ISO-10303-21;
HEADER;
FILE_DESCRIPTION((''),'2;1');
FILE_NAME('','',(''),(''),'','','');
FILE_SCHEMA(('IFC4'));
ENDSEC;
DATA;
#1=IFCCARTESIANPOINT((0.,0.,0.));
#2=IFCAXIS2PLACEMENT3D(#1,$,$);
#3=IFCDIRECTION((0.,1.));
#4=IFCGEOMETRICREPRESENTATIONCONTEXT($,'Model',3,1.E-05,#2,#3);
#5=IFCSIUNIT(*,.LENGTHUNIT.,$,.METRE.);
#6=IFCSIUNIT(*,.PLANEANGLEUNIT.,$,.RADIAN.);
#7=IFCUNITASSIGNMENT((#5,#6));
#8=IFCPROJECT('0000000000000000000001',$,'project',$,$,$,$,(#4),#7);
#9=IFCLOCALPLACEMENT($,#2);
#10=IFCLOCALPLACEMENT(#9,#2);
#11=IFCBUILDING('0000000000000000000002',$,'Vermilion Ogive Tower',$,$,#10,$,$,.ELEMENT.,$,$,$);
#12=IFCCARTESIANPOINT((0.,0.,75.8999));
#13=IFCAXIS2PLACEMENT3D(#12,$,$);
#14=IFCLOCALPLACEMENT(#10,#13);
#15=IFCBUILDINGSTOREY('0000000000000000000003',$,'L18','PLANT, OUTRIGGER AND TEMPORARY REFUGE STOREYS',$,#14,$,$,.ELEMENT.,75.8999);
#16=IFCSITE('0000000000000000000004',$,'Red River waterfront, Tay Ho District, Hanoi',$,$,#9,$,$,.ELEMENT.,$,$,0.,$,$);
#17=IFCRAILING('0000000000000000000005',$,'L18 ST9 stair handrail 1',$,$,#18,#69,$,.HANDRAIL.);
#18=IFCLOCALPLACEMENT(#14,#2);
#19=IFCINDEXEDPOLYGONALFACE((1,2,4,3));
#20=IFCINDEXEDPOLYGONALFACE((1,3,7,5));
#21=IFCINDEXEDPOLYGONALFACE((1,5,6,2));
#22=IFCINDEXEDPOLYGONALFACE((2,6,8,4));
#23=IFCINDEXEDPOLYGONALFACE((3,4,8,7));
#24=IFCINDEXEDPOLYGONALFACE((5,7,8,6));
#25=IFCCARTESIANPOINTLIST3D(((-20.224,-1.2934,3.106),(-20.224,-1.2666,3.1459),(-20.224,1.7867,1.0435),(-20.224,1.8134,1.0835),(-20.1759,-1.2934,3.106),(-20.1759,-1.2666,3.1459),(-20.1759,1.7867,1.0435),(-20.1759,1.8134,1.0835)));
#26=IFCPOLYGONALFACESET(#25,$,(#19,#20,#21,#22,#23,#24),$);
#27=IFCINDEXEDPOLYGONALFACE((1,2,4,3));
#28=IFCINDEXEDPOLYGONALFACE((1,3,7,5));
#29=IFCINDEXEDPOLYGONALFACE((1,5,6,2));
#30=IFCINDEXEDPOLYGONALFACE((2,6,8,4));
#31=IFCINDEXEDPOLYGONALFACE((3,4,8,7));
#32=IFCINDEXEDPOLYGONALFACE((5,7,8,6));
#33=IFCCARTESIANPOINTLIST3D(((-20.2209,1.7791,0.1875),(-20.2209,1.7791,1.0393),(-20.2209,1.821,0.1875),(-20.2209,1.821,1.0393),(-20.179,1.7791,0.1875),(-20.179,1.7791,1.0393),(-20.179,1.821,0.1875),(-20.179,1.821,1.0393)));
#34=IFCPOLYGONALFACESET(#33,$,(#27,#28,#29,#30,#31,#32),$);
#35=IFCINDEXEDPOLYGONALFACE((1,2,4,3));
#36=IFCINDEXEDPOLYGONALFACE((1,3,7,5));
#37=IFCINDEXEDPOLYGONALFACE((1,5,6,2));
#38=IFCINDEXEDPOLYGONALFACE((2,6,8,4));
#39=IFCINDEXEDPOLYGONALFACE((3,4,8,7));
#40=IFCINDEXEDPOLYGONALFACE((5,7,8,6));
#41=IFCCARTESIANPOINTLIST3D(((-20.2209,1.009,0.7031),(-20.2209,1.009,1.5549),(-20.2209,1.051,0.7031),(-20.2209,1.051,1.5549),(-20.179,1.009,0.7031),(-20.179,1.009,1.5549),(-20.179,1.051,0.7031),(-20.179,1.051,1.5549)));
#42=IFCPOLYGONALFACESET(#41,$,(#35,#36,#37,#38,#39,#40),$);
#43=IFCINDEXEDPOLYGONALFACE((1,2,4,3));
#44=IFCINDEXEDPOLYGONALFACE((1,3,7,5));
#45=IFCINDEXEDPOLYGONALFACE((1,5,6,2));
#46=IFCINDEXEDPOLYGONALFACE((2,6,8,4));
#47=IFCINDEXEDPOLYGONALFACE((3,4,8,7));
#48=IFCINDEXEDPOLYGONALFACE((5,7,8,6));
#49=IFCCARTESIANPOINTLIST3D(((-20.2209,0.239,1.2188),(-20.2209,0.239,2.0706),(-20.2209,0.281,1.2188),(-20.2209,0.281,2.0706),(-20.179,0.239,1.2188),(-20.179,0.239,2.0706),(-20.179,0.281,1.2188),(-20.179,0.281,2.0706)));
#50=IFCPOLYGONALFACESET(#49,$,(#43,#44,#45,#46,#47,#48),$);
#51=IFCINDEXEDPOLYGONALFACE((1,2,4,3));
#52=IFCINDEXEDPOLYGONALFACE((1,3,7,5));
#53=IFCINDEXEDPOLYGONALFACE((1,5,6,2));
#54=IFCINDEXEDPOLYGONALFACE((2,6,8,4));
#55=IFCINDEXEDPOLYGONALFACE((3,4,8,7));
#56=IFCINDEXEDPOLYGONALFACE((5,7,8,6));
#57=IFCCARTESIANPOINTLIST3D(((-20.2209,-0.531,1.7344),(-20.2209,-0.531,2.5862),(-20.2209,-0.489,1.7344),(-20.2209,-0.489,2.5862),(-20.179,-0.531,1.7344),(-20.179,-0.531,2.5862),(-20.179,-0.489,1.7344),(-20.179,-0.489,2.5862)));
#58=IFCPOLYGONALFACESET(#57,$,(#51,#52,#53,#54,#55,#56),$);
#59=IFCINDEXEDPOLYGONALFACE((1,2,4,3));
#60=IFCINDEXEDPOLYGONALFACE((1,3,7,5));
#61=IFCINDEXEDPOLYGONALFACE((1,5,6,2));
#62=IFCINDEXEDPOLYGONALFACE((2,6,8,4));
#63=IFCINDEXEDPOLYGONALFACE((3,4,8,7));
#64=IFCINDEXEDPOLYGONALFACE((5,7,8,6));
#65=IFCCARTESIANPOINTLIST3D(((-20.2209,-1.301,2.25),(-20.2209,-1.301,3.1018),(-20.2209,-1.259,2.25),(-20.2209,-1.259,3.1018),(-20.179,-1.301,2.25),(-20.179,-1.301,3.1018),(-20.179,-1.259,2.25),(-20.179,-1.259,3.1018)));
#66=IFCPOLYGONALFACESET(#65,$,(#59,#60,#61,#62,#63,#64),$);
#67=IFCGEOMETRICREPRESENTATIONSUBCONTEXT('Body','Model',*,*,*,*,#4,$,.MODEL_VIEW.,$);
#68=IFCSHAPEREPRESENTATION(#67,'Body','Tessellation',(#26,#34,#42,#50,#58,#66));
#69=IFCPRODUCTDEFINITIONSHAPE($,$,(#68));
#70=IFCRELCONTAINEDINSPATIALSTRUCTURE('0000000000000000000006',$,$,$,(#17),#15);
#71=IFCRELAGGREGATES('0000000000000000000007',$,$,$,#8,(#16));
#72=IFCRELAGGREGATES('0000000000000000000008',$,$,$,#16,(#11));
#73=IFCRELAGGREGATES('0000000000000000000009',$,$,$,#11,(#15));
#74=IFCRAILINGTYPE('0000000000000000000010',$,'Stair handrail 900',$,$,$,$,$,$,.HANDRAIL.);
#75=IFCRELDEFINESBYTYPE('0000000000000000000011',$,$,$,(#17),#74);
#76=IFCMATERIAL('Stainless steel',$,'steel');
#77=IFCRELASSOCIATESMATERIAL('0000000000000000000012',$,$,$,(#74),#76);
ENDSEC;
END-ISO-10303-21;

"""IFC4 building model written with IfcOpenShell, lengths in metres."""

from ifc_helpers import new_model, si_unit, direction, frame, origin, origin_2d, place, context, subcontext, project, spatial, rectangle, extrude, material, type_object, element, save


model = new_model("IFC4")

# Units and contexts
model_context = context("Model", 3, precision=1e-05, world=origin(), true_north=direction((0.0, 1.0)))
body_context = subcontext(model_context, "Body", "Model", "MODEL_VIEW")
ifc_project = project(units=[si_unit("LENGTHUNIT", "METRE"), si_unit("PLANEANGLEUNIT", "RADIAN")], contexts=[model_context])

# Site, building, storey
site_placement = place(None, origin())
site = spatial("IfcSite", under=ifc_project, at=site_placement, Name="Red River waterfront, Tay Ho District, Hanoi", CompositionType="ELEMENT", RefElevation=0.0)
building_placement = place(site_placement, origin())
building = spatial("IfcBuilding", under=site, at=building_placement, Name="Vermilion Ogive Tower", CompositionType="ELEMENT")
storey_placement = place(building_placement, frame((0.0, 0.0, 75.8999)))
storey = spatial("IfcBuildingStorey", under=building, at=storey_placement, Name="L18", Description="PLANT, OUTRIGGER AND TEMPORARY REFUGE STOREYS", CompositionType="ELEMENT", Elevation=75.8999)

# Railing
ifc_material_1 = material(Name="Stainless steel", Category="steel")
railing_type_1 = type_object("IfcRailingType", Name="Stair handrail 900", PredefinedType="HANDRAIL", material=ifc_material_1)
railing_1_placement = place(storey_placement, frame((-20.2, 1.8, 0.1875)))
element("IfcRailing", 1, at=railing_1_placement, inside=storey, type_object=railing_type_1, Name="L18 ST9 stair handrail 1", PredefinedType="HANDRAIL", context=body_context, shape_type="SweptSolid", body=[
    extrude(rectangle(XDim=0.0481, YDim=0.0481, at=origin_2d()), frame((0.0, 0.0, 0.876), z_axis=(0.0, -0.830914, 0.556401), x_axis=(1.0, 0.0, 0.0)), (0.0, 0.0, 1.0), 3.7068),
    extrude(rectangle(XDim=0.042, YDim=0.042, at=origin_2d()), origin(), (0.0, 0.0, 1.0), 0.8518),
    extrude(rectangle(XDim=0.042, YDim=0.042, at=origin_2d()), frame((0.0, -0.77, 0.5156)), (0.0, 0.0, 1.0), 0.8518),
    extrude(rectangle(XDim=0.042, YDim=0.042, at=origin_2d()), frame((0.0, -1.54, 1.0312)), (0.0, 0.0, 1.0), 0.8518),
    extrude(rectangle(XDim=0.042, YDim=0.042, at=origin_2d()), frame((0.0, -2.3101, 1.5469)), (0.0, 0.0, 1.0), 0.8518),
    extrude(rectangle(XDim=0.042, YDim=0.042, at=origin_2d()), frame((0.0, -3.0801, 2.0625)), (0.0, 0.0, 1.0), 0.8518),
])

save(model, "model.ifc")
